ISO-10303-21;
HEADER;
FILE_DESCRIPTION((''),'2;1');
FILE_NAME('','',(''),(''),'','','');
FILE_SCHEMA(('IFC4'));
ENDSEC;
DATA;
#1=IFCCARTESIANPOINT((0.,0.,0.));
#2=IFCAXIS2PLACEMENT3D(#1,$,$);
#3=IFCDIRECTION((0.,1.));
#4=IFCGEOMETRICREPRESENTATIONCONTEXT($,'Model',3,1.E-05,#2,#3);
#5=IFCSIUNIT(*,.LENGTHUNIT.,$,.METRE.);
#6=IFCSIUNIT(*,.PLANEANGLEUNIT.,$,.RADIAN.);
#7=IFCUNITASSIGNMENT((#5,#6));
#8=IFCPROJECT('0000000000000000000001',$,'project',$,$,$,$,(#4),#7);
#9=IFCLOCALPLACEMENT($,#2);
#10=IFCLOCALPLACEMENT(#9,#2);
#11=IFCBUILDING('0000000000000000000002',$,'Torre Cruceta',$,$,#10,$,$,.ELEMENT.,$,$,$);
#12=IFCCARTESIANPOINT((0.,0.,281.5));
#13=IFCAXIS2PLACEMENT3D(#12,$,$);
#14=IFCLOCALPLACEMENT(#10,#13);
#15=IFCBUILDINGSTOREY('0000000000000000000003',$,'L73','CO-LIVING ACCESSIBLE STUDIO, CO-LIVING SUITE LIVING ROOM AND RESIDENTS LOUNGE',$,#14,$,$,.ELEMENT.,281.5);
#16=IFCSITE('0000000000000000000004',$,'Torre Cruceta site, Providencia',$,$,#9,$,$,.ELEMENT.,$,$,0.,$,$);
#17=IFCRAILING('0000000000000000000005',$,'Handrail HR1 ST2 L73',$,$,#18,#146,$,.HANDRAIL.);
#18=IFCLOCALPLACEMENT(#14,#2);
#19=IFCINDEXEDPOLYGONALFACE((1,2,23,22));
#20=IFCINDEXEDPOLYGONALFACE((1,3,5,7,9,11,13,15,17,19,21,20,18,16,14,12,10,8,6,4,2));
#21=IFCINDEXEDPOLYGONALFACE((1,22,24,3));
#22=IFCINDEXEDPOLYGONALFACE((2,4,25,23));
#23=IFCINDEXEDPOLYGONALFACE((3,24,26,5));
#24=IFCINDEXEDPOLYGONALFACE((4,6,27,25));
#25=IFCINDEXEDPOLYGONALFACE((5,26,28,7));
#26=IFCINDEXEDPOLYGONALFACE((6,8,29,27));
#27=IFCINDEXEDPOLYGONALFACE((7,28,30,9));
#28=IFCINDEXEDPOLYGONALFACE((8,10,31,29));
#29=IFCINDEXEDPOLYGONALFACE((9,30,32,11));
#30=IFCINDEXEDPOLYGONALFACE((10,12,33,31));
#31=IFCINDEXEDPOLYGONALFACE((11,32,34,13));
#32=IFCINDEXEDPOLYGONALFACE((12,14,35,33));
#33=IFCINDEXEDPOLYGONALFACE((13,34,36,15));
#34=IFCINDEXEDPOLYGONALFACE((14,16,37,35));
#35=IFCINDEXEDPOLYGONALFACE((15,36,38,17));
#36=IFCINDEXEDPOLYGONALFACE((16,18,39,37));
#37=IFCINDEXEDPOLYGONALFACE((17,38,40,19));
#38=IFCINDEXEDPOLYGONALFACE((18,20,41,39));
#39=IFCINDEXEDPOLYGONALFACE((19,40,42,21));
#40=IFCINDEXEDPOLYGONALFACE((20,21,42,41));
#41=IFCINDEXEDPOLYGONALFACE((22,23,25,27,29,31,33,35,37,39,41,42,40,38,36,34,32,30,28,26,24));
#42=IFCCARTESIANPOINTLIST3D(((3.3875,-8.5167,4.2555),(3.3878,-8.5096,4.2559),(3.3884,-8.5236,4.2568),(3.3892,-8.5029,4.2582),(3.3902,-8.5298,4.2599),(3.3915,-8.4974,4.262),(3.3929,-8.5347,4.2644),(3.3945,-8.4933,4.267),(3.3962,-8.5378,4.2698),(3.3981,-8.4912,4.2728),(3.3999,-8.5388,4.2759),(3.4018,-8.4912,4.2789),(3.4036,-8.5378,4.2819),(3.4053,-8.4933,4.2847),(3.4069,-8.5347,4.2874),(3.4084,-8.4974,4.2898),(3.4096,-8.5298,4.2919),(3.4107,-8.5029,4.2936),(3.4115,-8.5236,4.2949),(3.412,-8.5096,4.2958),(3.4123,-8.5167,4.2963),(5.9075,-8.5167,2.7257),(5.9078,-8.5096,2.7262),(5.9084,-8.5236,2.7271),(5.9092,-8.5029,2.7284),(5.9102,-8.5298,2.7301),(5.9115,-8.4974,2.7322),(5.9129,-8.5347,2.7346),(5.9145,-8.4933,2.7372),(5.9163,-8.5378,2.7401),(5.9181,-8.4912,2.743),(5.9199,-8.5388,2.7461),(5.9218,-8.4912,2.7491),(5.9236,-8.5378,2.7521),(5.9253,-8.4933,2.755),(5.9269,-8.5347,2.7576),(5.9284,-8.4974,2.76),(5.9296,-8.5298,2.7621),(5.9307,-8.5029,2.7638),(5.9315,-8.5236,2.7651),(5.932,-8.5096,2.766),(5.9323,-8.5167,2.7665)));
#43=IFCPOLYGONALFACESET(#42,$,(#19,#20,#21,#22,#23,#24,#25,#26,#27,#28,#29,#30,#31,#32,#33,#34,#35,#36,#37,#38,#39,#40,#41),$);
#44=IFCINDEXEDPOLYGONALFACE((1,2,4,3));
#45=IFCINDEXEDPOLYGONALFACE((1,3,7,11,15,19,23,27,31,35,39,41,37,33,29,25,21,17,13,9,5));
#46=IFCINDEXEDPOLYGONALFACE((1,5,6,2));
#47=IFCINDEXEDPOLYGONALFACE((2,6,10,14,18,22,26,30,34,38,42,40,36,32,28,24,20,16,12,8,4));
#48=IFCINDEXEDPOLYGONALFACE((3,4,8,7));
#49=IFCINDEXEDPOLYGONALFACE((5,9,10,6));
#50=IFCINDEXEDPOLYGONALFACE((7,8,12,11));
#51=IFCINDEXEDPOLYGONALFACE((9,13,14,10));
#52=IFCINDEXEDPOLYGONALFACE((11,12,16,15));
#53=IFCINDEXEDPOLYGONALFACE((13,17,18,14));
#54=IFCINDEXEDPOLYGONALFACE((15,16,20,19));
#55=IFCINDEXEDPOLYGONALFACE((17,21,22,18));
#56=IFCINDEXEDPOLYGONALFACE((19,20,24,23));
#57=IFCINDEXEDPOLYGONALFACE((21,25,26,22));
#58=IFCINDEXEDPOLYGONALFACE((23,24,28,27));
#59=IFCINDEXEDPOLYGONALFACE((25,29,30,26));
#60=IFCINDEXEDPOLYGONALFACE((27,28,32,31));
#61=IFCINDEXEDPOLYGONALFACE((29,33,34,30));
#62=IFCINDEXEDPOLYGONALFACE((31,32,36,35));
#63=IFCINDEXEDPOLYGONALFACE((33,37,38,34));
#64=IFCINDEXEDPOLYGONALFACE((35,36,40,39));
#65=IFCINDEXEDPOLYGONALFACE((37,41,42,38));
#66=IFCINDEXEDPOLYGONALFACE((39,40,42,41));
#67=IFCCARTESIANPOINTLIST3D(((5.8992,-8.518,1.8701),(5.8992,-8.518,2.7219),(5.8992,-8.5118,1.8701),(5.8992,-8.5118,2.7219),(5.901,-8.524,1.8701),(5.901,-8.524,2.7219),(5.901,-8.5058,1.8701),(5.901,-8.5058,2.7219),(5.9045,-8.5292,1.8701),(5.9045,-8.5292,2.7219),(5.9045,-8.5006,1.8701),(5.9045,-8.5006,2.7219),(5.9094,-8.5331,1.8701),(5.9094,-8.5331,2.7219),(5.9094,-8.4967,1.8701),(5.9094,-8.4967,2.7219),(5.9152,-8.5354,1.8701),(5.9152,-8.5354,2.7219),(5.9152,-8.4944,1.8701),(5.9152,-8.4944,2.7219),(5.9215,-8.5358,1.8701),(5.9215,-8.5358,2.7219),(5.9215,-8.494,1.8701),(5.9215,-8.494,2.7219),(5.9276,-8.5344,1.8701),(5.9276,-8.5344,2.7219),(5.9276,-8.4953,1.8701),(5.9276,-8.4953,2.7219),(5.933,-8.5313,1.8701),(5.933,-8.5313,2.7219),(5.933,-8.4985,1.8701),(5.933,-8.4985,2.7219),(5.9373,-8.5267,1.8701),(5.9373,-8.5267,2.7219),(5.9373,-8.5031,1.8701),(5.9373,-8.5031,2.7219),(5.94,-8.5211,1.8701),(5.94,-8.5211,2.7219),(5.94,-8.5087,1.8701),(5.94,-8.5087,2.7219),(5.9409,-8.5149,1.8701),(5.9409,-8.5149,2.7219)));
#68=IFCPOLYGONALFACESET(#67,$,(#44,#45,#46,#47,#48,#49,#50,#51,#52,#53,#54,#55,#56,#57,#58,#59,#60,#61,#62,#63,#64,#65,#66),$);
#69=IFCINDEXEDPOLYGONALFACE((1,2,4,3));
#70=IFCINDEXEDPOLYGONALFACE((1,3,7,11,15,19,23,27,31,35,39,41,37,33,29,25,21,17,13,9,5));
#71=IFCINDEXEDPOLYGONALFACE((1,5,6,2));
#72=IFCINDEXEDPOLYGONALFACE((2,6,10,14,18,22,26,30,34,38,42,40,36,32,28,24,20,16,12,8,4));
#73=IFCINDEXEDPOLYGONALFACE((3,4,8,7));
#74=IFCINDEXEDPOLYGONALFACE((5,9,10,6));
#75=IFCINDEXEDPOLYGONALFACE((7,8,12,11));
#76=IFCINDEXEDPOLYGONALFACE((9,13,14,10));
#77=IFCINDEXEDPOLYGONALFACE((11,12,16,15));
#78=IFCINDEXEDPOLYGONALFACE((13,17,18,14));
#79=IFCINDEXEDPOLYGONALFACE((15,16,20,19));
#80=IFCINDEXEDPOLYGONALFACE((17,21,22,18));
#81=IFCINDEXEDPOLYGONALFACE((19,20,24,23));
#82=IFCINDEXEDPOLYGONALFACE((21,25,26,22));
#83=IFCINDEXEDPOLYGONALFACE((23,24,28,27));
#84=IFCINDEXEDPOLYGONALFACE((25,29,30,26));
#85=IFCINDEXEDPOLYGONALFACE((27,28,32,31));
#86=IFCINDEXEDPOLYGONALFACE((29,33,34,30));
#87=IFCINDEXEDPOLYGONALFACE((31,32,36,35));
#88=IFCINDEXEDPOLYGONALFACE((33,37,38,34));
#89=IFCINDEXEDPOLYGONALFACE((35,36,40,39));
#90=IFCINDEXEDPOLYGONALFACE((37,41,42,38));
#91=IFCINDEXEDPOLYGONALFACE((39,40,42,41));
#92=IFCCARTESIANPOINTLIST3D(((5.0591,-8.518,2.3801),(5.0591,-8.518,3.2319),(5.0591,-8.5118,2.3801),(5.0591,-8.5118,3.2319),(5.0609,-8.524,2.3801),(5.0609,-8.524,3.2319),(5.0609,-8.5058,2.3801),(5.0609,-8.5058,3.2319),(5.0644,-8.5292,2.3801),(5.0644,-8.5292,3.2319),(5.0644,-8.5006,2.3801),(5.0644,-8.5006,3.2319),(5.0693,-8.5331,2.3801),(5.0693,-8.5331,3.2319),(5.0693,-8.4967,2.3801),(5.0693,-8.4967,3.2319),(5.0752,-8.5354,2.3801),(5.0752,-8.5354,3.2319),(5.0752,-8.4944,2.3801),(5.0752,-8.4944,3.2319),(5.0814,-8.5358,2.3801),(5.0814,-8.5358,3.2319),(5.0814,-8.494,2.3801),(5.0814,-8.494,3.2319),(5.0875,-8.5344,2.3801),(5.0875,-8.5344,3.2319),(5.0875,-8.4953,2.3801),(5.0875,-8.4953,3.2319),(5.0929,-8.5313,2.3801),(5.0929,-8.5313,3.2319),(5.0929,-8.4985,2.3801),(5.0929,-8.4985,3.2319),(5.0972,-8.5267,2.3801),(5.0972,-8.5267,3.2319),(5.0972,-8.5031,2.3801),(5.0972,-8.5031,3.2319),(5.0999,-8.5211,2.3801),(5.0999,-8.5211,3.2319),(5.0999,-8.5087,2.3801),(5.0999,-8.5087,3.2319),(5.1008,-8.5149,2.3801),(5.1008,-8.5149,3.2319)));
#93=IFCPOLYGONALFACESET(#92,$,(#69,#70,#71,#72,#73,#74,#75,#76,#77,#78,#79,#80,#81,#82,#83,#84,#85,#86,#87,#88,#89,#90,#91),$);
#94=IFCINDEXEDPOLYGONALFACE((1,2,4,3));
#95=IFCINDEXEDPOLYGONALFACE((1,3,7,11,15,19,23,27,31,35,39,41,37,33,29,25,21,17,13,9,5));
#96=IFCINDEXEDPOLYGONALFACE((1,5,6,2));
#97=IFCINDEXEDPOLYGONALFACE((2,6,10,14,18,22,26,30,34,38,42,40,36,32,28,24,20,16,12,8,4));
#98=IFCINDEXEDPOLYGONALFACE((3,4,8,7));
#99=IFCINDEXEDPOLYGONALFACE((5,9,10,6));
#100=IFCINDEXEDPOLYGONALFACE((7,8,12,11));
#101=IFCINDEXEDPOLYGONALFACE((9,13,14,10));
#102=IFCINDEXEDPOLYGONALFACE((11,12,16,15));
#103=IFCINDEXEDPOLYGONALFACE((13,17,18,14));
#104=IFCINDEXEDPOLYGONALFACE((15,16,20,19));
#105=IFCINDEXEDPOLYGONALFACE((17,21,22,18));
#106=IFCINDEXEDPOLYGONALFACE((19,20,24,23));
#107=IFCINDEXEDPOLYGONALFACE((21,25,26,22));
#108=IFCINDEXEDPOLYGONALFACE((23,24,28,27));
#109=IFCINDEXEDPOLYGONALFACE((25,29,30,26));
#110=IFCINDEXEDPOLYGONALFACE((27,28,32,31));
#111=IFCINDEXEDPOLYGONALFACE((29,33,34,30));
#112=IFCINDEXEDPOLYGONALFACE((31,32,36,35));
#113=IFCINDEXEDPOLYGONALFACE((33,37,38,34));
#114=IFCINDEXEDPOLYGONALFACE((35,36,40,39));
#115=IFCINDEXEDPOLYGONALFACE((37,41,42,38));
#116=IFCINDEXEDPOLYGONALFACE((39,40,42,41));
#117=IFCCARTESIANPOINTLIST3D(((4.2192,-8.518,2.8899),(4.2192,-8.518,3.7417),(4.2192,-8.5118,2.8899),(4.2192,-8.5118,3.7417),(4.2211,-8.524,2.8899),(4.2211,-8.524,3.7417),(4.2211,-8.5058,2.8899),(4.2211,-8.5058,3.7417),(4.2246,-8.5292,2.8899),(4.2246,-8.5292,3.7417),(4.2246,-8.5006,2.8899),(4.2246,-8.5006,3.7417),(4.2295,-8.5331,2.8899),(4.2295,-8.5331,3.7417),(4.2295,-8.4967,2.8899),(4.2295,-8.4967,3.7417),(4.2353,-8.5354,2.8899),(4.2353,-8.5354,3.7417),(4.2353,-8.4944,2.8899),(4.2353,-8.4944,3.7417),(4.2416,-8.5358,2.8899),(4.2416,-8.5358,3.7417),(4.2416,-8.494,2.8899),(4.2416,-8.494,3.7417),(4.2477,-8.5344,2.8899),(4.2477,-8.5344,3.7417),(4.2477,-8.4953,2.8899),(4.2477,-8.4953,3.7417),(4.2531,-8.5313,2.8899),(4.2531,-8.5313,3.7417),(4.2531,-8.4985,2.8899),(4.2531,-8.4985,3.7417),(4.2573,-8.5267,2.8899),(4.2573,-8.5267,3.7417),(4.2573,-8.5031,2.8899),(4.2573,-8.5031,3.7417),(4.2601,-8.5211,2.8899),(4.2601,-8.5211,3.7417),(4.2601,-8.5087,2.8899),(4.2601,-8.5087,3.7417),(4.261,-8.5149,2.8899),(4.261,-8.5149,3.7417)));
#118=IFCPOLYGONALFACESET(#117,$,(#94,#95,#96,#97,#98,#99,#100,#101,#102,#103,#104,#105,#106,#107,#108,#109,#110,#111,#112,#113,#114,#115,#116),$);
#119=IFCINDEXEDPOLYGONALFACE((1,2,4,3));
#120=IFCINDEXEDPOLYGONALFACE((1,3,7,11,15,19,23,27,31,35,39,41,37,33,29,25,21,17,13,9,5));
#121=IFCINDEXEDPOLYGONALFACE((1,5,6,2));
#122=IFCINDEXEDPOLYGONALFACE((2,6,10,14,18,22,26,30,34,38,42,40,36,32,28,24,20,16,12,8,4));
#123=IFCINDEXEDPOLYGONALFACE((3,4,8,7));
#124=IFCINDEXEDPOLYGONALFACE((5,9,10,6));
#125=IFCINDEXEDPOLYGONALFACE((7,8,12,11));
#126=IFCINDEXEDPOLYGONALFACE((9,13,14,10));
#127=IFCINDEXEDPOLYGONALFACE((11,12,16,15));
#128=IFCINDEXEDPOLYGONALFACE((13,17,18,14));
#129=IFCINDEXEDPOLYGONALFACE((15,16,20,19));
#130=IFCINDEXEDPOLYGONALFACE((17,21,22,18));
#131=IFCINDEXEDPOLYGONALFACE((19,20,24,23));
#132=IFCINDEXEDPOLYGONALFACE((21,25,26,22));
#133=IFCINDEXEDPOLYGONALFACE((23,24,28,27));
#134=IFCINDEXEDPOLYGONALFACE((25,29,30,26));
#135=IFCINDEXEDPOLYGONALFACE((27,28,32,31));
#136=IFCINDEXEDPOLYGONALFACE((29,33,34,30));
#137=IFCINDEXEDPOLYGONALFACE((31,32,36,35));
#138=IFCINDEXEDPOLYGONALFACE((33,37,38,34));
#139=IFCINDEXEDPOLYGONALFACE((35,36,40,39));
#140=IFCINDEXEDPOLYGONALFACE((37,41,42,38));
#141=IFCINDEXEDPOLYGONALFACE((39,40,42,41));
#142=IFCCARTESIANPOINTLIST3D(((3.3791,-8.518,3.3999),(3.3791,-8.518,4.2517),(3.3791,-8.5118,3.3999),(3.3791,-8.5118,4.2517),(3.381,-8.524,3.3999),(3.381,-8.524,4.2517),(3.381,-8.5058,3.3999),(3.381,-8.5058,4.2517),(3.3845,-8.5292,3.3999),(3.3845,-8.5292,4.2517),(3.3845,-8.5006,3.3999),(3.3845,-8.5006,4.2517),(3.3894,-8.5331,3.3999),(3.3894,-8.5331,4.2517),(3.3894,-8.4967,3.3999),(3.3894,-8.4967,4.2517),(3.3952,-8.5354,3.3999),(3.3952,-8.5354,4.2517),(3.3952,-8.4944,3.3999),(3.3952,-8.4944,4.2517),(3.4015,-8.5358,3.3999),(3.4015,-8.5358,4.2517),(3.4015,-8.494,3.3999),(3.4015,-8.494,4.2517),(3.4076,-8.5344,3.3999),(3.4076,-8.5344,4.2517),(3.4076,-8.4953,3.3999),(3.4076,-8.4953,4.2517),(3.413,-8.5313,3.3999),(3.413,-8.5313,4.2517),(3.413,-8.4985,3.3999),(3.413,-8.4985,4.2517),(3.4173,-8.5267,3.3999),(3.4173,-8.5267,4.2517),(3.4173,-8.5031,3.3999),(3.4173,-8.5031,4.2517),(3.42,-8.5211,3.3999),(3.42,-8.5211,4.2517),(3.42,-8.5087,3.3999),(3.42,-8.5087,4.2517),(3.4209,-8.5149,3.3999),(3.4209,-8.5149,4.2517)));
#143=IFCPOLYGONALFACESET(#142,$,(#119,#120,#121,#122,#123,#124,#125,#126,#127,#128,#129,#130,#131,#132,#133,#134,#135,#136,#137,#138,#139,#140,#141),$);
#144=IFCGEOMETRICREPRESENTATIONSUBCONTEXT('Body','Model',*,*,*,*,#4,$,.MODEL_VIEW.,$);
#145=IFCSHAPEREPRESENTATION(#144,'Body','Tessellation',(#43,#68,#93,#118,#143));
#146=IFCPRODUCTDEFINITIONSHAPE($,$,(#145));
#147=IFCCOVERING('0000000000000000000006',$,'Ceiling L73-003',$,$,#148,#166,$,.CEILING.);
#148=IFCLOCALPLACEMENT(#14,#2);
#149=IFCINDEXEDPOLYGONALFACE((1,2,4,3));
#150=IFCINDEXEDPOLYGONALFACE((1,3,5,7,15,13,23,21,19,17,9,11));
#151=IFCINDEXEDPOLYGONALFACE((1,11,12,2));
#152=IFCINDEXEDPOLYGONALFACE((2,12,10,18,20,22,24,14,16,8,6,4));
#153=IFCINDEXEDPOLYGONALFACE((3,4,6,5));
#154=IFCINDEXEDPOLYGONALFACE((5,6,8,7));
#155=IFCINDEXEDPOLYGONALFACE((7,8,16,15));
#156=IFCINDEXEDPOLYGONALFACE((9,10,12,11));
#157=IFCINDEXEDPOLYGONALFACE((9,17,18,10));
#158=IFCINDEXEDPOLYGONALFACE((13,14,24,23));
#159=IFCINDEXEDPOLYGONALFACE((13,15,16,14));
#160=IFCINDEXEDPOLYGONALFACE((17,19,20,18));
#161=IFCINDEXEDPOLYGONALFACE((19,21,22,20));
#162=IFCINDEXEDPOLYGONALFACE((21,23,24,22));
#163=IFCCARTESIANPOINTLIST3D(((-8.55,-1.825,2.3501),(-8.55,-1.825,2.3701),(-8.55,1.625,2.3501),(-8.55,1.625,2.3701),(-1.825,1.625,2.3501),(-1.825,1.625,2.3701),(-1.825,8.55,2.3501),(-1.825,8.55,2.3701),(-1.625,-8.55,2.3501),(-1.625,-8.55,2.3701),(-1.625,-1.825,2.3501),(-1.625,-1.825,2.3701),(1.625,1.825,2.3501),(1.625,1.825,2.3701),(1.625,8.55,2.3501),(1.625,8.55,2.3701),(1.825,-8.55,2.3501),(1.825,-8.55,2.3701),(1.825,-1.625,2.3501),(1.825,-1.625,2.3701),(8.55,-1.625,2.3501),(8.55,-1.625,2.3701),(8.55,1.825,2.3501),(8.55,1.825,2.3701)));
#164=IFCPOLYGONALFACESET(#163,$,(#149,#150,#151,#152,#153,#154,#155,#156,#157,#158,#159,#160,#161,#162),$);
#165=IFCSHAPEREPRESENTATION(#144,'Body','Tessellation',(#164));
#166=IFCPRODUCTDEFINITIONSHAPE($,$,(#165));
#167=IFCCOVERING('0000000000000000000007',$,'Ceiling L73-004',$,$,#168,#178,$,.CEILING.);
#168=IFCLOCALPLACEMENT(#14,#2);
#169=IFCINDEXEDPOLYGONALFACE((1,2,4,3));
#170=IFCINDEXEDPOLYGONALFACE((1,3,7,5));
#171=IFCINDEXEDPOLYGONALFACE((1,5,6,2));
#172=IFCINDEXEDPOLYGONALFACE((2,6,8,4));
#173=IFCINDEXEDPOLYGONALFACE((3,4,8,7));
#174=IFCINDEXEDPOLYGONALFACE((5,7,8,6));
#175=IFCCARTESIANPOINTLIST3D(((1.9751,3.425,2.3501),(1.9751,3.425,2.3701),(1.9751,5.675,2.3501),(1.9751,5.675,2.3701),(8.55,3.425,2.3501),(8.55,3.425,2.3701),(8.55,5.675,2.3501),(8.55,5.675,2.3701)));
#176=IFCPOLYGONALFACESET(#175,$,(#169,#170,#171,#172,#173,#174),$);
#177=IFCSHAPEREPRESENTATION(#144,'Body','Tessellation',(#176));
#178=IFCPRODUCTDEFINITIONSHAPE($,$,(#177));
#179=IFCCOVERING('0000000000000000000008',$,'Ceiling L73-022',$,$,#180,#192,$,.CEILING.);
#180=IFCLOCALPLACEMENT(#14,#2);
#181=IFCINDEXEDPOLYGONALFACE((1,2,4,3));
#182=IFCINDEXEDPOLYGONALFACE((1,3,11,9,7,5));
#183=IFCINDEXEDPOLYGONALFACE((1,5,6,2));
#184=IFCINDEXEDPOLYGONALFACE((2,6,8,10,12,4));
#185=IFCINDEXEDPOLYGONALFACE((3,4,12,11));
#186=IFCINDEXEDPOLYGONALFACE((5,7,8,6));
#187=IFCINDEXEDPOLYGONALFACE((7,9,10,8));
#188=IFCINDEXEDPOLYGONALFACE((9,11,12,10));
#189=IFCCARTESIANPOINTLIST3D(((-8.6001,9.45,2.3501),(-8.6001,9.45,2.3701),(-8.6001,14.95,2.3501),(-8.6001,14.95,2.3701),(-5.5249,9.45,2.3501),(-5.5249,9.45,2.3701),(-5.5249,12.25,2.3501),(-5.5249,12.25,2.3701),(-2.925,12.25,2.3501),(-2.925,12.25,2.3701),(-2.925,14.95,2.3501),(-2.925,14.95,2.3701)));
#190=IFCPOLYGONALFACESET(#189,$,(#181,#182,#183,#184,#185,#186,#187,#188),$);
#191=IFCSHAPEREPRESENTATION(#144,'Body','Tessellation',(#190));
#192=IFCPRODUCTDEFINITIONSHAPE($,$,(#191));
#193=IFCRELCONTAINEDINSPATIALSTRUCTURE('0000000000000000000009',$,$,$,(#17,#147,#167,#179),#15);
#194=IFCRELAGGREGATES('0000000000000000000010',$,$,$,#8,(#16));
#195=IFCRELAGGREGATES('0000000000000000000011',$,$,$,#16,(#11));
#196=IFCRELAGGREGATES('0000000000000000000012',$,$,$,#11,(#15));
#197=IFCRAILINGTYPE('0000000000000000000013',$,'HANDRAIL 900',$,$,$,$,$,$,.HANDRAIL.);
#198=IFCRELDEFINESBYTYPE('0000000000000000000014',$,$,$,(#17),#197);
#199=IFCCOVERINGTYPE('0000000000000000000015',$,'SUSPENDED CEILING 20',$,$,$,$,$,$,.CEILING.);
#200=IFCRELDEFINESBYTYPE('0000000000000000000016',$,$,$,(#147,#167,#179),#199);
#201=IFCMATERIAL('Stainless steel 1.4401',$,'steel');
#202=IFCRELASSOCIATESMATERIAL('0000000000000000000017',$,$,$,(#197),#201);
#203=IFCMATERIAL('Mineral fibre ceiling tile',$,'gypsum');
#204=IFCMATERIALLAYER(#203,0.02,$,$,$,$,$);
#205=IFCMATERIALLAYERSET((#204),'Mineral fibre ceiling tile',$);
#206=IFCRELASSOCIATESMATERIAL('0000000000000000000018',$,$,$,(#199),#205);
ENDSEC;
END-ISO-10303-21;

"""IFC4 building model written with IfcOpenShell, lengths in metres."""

from ifc_helpers import new_model, si_unit, direction, frame, origin, origin_2d, place, context, subcontext, project, spatial, polyline, circle, outline, extrude, material, layer, layer_set, type_object, element, save


model = new_model("IFC4")

# Units and contexts
model_context = context("Model", 3, precision=1e-05, world=origin(), true_north=direction((0.0, 1.0)))
body_context = subcontext(model_context, "Body", "Model", "MODEL_VIEW")
ifc_project = project(units=[si_unit("LENGTHUNIT", "METRE"), si_unit("PLANEANGLEUNIT", "RADIAN")], contexts=[model_context])

# Site, building, storey
site_placement = place(None, origin())
site = spatial("IfcSite", under=ifc_project, at=site_placement, Name="Torre Cruceta site, Providencia", CompositionType="ELEMENT", RefElevation=0.0)
building_placement = place(site_placement, origin())
building = spatial("IfcBuilding", under=site, at=building_placement, Name="Torre Cruceta", CompositionType="ELEMENT")
storey_placement = place(building_placement, frame((0.0, 0.0, 281.5)))
storey = spatial("IfcBuildingStorey", under=building, at=storey_placement, Name="L73", Description="CO-LIVING ACCESSIBLE STUDIO, CO-LIVING SUITE LIVING ROOM AND RESIDENTS LOUNGE", CompositionType="ELEMENT", Elevation=281.5)

# Railing
ifc_material_1 = material(Name="Stainless steel 1.4401", Category="steel")
railing_type = type_object("IfcRailingType", Name="HANDRAIL 900", PredefinedType="HANDRAIL", material=ifc_material_1)
railing_1_placement = place(storey_placement, frame((5.9199, -8.5149, 1.8701)))
element("IfcRailing", 1, at=railing_1_placement, inside=storey, type_object=railing_type, Name="Handrail HR1 ST2 L73", PredefinedType="HANDRAIL", context=body_context, shape_type="SweptSolid", body=[
    extrude(circle(Radius=0.0239, at=origin_2d()), frame((0.0, 0.0, 0.876), z_axis=(-0.854822, 0.0, 0.518922), x_axis=(0.0, -1.0, 0.0)), (0.0, 0.0, 1.0), 2.948),
    extrude(circle(Radius=0.021, at=origin_2d()), origin(), (0.0, 0.0, 1.0), 0.8518),
    extrude(circle(Radius=0.021, at=origin_2d()), frame((-0.8401, 0.0, 0.51)), (0.0, 0.0, 1.0), 0.8518),
    extrude(circle(Radius=0.021, at=origin_2d()), frame((-1.6799, 0.0, 1.0198)), (0.0, 0.0, 1.0), 0.8518),
    extrude(circle(Radius=0.021, at=origin_2d()), frame((-2.52, 0.0, 1.5298)), (0.0, 0.0, 1.0), 0.8518),
])

# Coverings
ifc_material_2 = material(Name="Mineral fibre ceiling tile", Category="gypsum")
ifc_layer_1 = layer(ifc_material_2, 0.02)
ifc_layer_set_1 = layer_set([ifc_layer_1], Name="Mineral fibre ceiling tile")
covering_type = type_object("IfcCoveringType", Name="SUSPENDED CEILING 20", PredefinedType="CEILING", material=ifc_layer_set_1)
covering_1_placement = place(storey_placement, frame((0.0, 0.0, 2.3501)))
element("IfcCovering", 2, at=covering_1_placement, inside=storey, type_object=covering_type, Name="Ceiling L73-003", PredefinedType="CEILING", context=body_context, shape_type="SweptSolid", body=[
    extrude(outline(polyline([(-1.625, -8.55), (-1.625, -1.825), (-8.55, -1.825), (-8.55, 1.625), (-1.825, 1.625), (-1.825, 8.55), (1.625, 8.55), (1.625, 1.825), (8.55, 1.825), (8.55, -1.625), (1.825, -1.625), (1.825, -8.55), (-1.625, -8.55)])), origin(), (0.0, 0.0, 1.0), 0.02),
])
covering_2_placement = place(storey_placement, frame((0.0, 0.0, 2.3501)))
element("IfcCovering", 3, at=covering_2_placement, inside=storey, type_object=covering_type, Name="Ceiling L73-004", PredefinedType="CEILING", context=body_context, shape_type="SweptSolid", body=[
    extrude(outline(polyline([(1.9751, 3.425), (1.9751, 5.675), (8.55, 5.675), (8.55, 3.425), (1.9751, 3.425)])), origin(), (0.0, 0.0, 1.0), 0.02),
])
covering_3_placement = place(storey_placement, frame((0.0, 0.0, 2.3501)))
element("IfcCovering", 4, at=covering_3_placement, inside=storey, type_object=covering_type, Name="Ceiling L73-022", PredefinedType="CEILING", context=body_context, shape_type="SweptSolid", body=[
    extrude(outline(polyline([(-8.6001, 9.45), (-8.6001, 14.95), (-2.925, 14.95), (-2.925, 12.25), (-5.5249, 12.25), (-5.5249, 9.45), (-8.6001, 9.45)])), origin(), (0.0, 0.0, 1.0), 0.02),
])

save(model, "model.ifc")
